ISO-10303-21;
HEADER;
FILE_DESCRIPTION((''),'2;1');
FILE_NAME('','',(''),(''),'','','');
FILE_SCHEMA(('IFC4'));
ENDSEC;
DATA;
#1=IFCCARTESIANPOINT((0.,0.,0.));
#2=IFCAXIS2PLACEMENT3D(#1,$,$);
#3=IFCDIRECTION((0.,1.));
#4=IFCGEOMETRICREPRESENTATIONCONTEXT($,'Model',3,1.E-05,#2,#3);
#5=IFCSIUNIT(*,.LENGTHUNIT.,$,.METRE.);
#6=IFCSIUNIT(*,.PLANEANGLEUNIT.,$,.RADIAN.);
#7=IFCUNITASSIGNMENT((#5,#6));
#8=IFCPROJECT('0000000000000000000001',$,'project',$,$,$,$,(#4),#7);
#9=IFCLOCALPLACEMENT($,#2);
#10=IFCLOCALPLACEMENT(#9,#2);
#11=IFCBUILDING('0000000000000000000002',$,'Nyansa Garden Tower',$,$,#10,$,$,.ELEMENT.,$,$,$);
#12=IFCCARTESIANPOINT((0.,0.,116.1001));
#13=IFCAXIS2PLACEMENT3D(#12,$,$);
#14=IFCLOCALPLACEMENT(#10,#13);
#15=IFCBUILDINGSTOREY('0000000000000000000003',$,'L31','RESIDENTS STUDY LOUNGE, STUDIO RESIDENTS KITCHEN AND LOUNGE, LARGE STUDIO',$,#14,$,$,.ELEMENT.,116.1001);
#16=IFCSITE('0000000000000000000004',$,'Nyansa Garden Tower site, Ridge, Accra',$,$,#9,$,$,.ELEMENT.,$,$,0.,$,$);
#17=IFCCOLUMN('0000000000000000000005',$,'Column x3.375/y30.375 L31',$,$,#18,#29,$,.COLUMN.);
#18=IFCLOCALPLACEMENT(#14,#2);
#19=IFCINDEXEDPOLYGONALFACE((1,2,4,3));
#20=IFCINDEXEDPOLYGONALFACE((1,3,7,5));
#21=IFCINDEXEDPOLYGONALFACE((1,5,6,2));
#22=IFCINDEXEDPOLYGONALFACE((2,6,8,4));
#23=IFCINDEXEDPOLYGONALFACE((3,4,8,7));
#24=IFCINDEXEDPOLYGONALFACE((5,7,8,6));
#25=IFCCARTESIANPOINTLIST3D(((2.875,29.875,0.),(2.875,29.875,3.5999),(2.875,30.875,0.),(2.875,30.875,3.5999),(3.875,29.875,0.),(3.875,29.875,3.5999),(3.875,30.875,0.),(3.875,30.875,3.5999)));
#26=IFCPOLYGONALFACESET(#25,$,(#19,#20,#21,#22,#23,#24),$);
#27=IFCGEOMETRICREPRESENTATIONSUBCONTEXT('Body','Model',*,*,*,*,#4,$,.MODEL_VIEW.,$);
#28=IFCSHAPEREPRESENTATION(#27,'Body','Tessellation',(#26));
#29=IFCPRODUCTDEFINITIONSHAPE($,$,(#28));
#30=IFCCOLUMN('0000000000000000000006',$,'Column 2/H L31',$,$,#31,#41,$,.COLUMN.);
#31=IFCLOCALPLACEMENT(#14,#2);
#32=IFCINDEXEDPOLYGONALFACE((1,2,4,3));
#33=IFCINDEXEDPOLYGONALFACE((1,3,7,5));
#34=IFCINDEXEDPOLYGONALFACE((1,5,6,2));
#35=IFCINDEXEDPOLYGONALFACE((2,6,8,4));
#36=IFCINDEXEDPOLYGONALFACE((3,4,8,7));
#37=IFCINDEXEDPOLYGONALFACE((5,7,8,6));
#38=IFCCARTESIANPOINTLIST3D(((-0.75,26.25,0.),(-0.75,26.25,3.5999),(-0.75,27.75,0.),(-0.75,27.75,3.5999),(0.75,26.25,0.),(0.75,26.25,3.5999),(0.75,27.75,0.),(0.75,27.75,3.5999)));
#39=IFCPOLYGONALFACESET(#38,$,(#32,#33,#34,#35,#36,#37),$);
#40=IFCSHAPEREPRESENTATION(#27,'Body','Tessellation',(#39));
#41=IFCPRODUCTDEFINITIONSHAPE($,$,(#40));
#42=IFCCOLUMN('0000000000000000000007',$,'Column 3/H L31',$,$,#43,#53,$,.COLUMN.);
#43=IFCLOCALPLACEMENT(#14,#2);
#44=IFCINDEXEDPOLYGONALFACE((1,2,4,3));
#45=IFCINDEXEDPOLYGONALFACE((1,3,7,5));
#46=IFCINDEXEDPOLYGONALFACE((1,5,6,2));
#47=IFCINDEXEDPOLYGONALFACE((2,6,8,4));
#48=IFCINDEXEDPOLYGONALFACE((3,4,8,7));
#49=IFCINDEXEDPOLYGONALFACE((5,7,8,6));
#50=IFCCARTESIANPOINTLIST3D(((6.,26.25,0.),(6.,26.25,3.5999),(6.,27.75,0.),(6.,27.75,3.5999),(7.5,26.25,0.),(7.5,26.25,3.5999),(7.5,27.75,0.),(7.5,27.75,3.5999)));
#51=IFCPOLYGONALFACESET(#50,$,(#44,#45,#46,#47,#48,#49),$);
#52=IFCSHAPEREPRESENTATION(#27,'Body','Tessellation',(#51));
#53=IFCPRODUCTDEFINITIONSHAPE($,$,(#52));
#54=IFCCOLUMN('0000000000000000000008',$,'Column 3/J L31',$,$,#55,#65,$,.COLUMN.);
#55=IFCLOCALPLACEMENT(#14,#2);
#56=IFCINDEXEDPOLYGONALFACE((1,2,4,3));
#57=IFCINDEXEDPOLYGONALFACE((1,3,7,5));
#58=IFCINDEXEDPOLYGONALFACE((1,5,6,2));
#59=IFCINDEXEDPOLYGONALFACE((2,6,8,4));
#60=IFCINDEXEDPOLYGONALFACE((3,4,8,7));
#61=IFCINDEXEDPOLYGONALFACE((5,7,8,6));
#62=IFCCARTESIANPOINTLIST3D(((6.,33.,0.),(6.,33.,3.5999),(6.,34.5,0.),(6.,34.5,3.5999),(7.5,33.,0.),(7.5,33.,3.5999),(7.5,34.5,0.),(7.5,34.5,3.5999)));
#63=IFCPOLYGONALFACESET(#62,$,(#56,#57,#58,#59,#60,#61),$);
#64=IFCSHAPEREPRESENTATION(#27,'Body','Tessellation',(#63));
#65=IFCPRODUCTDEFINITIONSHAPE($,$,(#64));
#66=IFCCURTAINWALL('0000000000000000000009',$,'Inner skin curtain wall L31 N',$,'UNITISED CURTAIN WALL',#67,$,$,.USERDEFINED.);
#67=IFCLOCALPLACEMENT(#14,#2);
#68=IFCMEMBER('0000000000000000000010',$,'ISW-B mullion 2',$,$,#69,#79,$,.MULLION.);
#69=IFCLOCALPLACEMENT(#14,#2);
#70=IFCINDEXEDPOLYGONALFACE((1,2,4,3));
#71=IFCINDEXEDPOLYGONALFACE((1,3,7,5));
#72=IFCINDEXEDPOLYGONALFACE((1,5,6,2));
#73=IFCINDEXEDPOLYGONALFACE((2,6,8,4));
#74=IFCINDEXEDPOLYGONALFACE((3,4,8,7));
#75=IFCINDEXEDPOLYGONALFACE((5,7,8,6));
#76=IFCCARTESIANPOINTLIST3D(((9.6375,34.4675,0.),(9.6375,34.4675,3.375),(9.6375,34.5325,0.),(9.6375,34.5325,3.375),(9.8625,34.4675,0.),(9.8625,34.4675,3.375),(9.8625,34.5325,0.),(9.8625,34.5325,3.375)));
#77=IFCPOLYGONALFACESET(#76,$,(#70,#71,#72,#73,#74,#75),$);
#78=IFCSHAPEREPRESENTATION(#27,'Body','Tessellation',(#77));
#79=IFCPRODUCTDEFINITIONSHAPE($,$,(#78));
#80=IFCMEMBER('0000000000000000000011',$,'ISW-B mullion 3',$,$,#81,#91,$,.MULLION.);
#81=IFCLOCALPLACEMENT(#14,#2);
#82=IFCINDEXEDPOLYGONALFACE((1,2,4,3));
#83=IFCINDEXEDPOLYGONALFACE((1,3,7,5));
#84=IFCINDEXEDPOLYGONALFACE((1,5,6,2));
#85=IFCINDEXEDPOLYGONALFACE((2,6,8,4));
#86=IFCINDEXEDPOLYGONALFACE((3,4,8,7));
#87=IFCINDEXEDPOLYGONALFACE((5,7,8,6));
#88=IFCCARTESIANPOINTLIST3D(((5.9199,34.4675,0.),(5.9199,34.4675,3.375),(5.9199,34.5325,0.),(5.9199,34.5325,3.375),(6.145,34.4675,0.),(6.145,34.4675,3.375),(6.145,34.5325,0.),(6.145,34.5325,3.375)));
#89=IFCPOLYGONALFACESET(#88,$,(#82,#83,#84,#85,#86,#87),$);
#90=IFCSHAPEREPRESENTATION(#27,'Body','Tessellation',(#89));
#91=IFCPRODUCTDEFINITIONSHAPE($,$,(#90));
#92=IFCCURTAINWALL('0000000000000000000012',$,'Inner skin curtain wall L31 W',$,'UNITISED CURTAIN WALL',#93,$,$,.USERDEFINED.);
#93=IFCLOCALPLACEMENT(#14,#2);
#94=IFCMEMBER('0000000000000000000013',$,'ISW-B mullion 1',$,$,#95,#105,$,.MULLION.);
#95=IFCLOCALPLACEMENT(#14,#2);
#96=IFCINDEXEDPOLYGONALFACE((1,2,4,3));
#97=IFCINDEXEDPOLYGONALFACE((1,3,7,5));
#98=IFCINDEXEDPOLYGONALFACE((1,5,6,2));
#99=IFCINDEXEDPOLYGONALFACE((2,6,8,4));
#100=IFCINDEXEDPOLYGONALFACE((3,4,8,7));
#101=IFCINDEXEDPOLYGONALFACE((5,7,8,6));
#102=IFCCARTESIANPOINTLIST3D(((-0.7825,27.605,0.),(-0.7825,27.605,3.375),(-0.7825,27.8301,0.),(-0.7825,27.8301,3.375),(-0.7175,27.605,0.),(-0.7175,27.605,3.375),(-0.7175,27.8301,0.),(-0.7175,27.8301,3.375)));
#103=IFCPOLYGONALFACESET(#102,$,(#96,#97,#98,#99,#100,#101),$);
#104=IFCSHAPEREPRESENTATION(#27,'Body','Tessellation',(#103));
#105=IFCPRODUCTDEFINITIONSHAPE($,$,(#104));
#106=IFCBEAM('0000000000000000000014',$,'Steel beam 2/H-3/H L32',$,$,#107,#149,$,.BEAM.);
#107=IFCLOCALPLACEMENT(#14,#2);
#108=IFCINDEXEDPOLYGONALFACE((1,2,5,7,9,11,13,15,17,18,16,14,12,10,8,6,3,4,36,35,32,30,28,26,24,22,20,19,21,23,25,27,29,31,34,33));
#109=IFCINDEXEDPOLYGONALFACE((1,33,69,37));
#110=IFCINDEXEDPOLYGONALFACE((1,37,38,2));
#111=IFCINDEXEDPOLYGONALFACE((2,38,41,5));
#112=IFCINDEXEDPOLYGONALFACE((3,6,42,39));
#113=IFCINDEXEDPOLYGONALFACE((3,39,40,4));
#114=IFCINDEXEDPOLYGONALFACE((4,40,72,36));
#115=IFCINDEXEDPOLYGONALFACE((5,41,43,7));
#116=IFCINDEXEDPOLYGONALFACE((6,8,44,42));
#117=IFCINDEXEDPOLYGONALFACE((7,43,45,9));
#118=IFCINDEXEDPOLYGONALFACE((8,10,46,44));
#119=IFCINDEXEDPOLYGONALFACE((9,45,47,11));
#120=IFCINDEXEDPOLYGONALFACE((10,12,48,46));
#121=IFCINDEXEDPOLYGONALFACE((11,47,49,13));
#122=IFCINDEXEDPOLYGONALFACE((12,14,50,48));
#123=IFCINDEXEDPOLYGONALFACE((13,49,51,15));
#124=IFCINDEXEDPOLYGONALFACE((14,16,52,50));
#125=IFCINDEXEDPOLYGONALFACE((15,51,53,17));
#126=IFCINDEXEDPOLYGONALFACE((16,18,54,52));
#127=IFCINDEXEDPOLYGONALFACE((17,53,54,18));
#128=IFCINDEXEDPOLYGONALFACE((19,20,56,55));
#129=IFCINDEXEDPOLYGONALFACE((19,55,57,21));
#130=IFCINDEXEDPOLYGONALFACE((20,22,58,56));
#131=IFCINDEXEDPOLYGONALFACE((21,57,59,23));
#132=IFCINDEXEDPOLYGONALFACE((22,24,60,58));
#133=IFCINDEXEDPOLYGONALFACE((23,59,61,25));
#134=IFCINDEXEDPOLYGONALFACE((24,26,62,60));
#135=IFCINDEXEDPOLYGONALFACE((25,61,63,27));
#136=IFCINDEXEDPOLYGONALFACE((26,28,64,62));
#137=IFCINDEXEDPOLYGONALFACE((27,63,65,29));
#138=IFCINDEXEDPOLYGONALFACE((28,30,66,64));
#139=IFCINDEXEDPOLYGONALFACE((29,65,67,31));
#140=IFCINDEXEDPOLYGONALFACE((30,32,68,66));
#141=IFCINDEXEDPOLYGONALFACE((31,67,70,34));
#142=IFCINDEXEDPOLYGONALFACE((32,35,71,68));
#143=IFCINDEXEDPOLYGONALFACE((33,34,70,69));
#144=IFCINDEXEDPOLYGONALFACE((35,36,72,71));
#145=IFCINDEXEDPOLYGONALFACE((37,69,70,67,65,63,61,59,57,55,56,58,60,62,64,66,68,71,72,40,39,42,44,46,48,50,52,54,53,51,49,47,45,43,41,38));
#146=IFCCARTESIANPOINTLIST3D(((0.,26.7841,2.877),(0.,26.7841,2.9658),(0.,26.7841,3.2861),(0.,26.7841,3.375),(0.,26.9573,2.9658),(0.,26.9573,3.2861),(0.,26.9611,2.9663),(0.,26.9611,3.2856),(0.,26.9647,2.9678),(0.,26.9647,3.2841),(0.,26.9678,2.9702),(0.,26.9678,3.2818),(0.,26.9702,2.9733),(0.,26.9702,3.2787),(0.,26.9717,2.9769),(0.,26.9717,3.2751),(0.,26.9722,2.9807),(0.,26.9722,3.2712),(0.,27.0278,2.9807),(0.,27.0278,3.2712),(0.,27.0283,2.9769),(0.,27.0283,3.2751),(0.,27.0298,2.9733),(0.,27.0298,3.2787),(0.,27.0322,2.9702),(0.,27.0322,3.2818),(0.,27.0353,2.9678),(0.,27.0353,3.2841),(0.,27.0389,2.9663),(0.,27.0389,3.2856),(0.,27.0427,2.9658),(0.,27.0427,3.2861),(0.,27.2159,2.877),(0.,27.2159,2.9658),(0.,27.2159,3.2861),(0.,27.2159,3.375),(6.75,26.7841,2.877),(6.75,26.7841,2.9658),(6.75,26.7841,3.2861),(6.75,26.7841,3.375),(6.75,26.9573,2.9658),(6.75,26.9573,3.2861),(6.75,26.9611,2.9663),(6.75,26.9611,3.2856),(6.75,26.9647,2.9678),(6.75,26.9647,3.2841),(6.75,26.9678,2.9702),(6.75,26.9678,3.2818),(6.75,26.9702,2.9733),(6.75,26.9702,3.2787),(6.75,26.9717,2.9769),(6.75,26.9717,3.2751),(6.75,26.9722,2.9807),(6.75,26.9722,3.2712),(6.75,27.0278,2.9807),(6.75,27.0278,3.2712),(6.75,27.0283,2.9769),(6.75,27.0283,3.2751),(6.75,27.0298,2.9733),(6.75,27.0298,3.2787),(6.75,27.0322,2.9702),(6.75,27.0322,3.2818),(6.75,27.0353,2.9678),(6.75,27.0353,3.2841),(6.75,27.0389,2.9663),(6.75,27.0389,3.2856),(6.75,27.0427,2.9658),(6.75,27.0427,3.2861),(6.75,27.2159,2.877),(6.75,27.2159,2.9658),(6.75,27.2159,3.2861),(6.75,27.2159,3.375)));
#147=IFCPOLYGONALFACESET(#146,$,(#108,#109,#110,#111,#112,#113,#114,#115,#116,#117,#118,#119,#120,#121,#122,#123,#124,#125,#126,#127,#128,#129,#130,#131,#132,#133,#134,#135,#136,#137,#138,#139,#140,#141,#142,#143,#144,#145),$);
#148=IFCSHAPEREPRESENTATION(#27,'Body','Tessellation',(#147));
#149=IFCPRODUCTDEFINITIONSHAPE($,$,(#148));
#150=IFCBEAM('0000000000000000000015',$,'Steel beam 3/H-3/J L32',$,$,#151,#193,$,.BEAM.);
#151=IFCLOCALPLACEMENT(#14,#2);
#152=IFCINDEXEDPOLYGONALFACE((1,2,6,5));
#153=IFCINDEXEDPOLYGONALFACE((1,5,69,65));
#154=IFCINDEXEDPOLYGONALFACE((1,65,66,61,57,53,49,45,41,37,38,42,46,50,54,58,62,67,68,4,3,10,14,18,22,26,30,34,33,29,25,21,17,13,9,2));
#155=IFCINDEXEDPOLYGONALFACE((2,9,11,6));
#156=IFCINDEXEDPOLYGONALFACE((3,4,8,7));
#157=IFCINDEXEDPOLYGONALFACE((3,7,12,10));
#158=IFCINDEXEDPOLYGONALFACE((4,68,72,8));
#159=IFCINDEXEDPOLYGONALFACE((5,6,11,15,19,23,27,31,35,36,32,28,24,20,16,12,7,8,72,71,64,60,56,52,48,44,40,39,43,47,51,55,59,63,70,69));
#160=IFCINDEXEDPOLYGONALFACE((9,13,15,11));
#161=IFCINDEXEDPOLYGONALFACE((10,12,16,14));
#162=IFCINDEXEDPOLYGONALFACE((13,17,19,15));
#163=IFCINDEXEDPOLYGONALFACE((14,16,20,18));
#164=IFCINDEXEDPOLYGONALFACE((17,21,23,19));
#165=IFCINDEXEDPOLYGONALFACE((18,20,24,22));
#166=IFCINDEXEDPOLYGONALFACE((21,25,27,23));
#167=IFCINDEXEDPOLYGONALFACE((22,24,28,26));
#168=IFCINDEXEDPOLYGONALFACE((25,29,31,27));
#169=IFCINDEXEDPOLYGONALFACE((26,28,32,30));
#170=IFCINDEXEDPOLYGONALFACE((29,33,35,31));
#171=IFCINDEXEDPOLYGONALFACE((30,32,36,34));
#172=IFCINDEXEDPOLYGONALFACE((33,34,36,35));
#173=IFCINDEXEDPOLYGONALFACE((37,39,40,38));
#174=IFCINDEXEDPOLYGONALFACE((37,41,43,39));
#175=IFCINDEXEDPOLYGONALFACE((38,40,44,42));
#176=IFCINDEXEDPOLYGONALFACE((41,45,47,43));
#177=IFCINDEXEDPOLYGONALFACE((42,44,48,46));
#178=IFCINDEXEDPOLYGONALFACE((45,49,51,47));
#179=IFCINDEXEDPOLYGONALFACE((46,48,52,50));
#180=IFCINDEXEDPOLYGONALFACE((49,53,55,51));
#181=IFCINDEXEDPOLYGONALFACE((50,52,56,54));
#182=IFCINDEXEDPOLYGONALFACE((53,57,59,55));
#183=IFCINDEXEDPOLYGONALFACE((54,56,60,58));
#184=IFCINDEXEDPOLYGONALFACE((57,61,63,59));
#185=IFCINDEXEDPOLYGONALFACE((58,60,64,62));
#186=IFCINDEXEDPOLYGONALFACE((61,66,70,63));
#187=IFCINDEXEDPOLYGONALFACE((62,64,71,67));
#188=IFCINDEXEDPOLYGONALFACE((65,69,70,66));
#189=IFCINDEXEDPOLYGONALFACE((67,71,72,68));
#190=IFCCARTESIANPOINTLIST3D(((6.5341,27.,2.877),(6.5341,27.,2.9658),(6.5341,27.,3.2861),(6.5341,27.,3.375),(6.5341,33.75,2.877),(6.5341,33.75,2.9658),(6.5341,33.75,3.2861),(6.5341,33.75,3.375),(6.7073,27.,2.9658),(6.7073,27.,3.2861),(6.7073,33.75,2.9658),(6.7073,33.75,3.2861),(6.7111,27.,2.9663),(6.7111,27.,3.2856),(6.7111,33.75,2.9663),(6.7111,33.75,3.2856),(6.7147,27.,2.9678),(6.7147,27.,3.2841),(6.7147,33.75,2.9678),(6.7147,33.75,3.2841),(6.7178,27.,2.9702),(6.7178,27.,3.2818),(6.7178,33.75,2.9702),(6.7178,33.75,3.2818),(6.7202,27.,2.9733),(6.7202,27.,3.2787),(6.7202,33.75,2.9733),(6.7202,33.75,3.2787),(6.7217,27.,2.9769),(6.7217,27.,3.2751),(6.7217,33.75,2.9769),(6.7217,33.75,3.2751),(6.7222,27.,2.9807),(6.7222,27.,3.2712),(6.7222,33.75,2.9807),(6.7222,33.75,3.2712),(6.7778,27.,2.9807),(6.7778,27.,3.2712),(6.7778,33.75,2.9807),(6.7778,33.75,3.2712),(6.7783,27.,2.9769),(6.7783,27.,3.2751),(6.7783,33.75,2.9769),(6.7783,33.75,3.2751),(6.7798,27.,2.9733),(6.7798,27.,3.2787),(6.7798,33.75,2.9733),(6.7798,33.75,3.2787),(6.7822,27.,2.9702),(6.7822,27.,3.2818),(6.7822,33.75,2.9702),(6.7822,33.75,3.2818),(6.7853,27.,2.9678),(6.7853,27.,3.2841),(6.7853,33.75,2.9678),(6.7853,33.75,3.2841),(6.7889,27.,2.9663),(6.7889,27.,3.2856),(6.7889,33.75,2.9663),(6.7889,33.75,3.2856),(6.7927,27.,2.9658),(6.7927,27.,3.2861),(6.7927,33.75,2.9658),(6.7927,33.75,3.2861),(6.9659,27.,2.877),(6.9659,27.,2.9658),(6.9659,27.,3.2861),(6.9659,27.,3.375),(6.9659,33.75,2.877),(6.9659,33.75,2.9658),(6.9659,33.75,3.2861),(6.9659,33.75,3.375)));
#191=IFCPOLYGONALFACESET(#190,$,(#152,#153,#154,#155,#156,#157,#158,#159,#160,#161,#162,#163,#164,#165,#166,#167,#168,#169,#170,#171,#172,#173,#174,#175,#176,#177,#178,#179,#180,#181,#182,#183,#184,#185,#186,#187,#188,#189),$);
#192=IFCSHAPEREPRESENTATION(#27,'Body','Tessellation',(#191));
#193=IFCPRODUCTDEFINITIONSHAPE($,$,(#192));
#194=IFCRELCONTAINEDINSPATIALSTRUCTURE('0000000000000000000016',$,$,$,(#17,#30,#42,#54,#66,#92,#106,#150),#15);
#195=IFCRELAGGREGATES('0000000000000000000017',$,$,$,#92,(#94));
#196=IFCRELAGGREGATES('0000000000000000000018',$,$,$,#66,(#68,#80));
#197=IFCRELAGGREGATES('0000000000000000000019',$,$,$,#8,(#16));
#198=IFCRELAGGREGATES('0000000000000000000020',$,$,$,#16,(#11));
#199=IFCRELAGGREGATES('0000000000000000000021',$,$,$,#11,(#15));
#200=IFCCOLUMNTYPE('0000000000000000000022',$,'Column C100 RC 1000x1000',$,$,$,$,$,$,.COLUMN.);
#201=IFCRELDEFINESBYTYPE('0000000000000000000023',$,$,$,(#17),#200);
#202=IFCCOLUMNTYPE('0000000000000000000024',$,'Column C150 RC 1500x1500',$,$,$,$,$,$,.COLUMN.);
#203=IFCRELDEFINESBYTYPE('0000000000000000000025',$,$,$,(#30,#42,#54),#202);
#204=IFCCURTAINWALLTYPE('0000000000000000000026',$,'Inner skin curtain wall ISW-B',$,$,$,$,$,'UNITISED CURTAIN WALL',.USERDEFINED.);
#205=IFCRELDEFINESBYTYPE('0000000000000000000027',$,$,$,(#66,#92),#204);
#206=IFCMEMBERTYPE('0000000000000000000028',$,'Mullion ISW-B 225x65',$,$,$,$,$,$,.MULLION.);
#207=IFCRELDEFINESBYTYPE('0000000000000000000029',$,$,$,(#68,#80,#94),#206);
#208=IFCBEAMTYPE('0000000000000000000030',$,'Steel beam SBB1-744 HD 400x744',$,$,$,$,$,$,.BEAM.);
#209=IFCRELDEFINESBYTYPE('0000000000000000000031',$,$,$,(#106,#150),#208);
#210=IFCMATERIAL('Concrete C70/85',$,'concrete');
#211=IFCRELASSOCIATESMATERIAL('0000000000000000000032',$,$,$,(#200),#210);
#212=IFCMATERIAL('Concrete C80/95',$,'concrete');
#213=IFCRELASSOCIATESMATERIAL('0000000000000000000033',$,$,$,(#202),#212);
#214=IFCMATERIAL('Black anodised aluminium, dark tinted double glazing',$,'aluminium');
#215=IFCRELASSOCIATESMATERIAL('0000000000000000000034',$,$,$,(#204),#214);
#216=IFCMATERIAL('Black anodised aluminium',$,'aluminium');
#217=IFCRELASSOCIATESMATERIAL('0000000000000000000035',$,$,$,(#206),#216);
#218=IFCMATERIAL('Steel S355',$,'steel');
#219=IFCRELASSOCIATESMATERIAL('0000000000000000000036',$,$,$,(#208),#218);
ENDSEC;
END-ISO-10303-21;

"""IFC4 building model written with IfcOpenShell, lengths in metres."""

from ifc_helpers import new_model, si_unit, direction, frame, origin, origin_2d, place, context, subcontext, project, spatial, rectangle, i_section, extrude, material, material_profile, profile_set, type_object, element, aggregate, save


model = new_model("IFC4")

# Units and contexts
model_context = context("Model", 3, precision=1e-05, world=origin(), true_north=direction((0.0, 1.0)))
body_context = subcontext(model_context, "Body", "Model", "MODEL_VIEW")
ifc_project = project(units=[si_unit("LENGTHUNIT", "METRE"), si_unit("PLANEANGLEUNIT", "RADIAN")], contexts=[model_context])

# Site, building, storey
site_placement = place(None, origin())
site = spatial("IfcSite", under=ifc_project, at=site_placement, Name="Nyansa Garden Tower site, Ridge, Accra", CompositionType="ELEMENT", RefElevation=0.0)
building_placement = place(site_placement, origin())
building = spatial("IfcBuilding", under=site, at=building_placement, Name="Nyansa Garden Tower", CompositionType="ELEMENT")
storey_placement = place(building_placement, frame((0.0, 0.0, 116.1001)))
storey = spatial("IfcBuildingStorey", under=building, at=storey_placement, Name="L31", Description="RESIDENTS STUDY LOUNGE, STUDIO RESIDENTS KITCHEN AND LOUNGE, LARGE STUDIO", CompositionType="ELEMENT", Elevation=116.1001)

# Columns
ifc_material_1 = material(Name="Concrete C70/85", Category="concrete")
ifc_material_profile_1 = material_profile(ifc_material_1, rectangle(XDim=1.0, YDim=1.0, at=origin_2d()), Name="RC 1000x1000")
ifc_profile_set_1 = profile_set([ifc_material_profile_1], Name="Concrete C70/85")
column_type_1 = type_object("IfcColumnType", Name="Column C100 RC 1000x1000", PredefinedType="COLUMN", material=ifc_profile_set_1)
column_placement = place(storey_placement, frame((3.375, 30.375, 0.0), z_axis=(0.0, 0.0, 1.0), x_axis=(1.0, 0.0, 0.0)))
element("IfcColumn", 1, at=column_placement, inside=storey, type_object=column_type_1, Name="Column x3.375/y30.375 L31", PredefinedType="COLUMN", context=body_context, shape_type="SweptSolid", body=[
    extrude(rectangle(XDim=1.0, YDim=1.0, at=origin_2d()), origin(), (0.0, 0.0, 1.0), 3.5999),
])
ifc_material_2 = material(Name="Concrete C80/95", Category="concrete")
ifc_material_profile_2 = material_profile(ifc_material_2, rectangle(XDim=1.5, YDim=1.5, at=origin_2d()), Name="RC 1500x1500")
ifc_profile_set_2 = profile_set([ifc_material_profile_2], Name="Concrete C80/95")
column_type_2 = type_object("IfcColumnType", Name="Column C150 RC 1500x1500", PredefinedType="COLUMN", material=ifc_profile_set_2)
for number, where, z_axis, x_axis, name in (
    (2, (0.0, 27.0, 0.0), (0.0, 0.0, 1.0), (1.0, 0.0, 0.0), "Column 2/H L31"),
    (3, (6.75, 27.0, 0.0), (0.0, 0.0, 1.0), (1.0, 0.0, 0.0), "Column 3/H L31"),
    (4, (6.75, 33.75, 0.0), (0.0, 0.0, 1.0), (1.0, 0.0, 0.0), "Column 3/J L31"),
):
    element("IfcColumn", number, at=place(storey_placement, frame(where, z_axis=z_axis, x_axis=x_axis)), inside=storey, type_object=column_type_2, Name=name, PredefinedType="COLUMN", context=body_context, shape_type="SweptSolid", body=[
        extrude(rectangle(XDim=1.5, YDim=1.5, at=origin_2d()), origin(), (0.0, 0.0, 1.0), 3.5999),
    ])

# Curtain wall, members
ifc_material_3 = material(Name="Black anodised aluminium, dark tinted double glazing", Category="aluminium")
curtain_wall_type = type_object("IfcCurtainWallType", Name="Inner skin curtain wall ISW-B", ElementType="UNITISED CURTAIN WALL", PredefinedType="USERDEFINED", material=ifc_material_3)
curtain_wall_1_placement = place(storey_placement, origin())
curtain_wall_1 = element("IfcCurtainWall", 5, at=curtain_wall_1_placement, inside=storey, type_object=curtain_wall_type, Name="Inner skin curtain wall L31 N", ObjectType="UNITISED CURTAIN WALL", PredefinedType="USERDEFINED")
ifc_material_4 = material(Name="Black anodised aluminium", Category="aluminium")
ifc_material_profile_3 = material_profile(ifc_material_4, rectangle(XDim=0.0649, YDim=0.2251, at=origin_2d()), Name="Mullion 225x65")
ifc_profile_set_3 = profile_set([ifc_material_profile_3], Name="Black anodised aluminium")
member_type_1 = type_object("IfcMemberType", Name="Mullion ISW-B 225x65", PredefinedType="MULLION", material=ifc_profile_set_3)
member_1_placement = place(storey_placement, frame((9.75, 34.5, 0.0), z_axis=(0.0, 0.0, 1.0), x_axis=(0.0, -1.0, 0.0)))
member_1 = element("IfcMember", 6, at=member_1_placement, type_object=member_type_1, Name="ISW-B mullion 2", PredefinedType="MULLION", context=body_context, shape_type="SweptSolid", body=[
    extrude(rectangle(XDim=0.0649, YDim=0.2251, at=origin_2d()), origin(), (0.0, 0.0, 1.0), 3.375),
])
member_2_placement = place(storey_placement, frame((6.0325, 34.5, 0.0), z_axis=(0.0, 0.0, 1.0), x_axis=(0.0, -1.0, 0.0)))
member_2 = element("IfcMember", 7, at=member_2_placement, type_object=member_type_1, Name="ISW-B mullion 3", PredefinedType="MULLION", context=body_context, shape_type="SweptSolid", body=[
    extrude(rectangle(XDim=0.0649, YDim=0.2251, at=origin_2d()), origin(), (0.0, 0.0, 1.0), 3.375),
])

# Curtain wall, member
curtain_wall_2_placement = place(storey_placement, origin())
curtain_wall_2 = element("IfcCurtainWall", 8, at=curtain_wall_2_placement, inside=storey, type_object=curtain_wall_type, Name="Inner skin curtain wall L31 W", ObjectType="UNITISED CURTAIN WALL", PredefinedType="USERDEFINED")
member_3_placement = place(storey_placement, frame((-0.75, 27.7175, 0.0), z_axis=(0.0, 0.0, 1.0), x_axis=(1.0, 0.0, 0.0)))
member_3 = element("IfcMember", 9, at=member_3_placement, type_object=member_type_1, Name="ISW-B mullion 1", PredefinedType="MULLION", context=body_context, shape_type="SweptSolid", body=[
    extrude(rectangle(XDim=0.0649, YDim=0.2251, at=origin_2d()), origin(), (0.0, 0.0, 1.0), 3.375),
])

# Beams
ifc_material_5 = material(Name="Steel S355", Category="steel")
ifc_material_profile_4 = material_profile(ifc_material_5, i_section(OverallWidth=0.4319, OverallDepth=0.498, WebThickness=0.0557, FlangeThickness=0.0889, FilletRadius=0.0149, at=origin_2d()), Name="HD 400x744")
ifc_profile_set_4 = profile_set([ifc_material_profile_4], Name="Steel S355")
beam_type_1 = type_object("IfcBeamType", Name="Steel beam SBB1-744 HD 400x744", PredefinedType="BEAM", material=ifc_profile_set_4)
for number, where, z_axis, x_axis, name in (
    (10, (0.0, 27.0, 3.126), (1.0, 0.0, 0.0), (0.0, 1.0, 0.0), "Steel beam 2/H-3/H L32"),
    (11, (6.75, 27.0, 3.126), (0.0, 1.0, 0.0), (-1.0, 0.0, 0.0), "Steel beam 3/H-3/J L32"),
):
    element("IfcBeam", number, at=place(storey_placement, frame(where, z_axis=z_axis, x_axis=x_axis)), inside=storey, type_object=beam_type_1, Name=name, PredefinedType="BEAM", context=body_context, shape_type="SweptSolid", body=[
        extrude(i_section(OverallWidth=0.4319, OverallDepth=0.498, WebThickness=0.0557, FlangeThickness=0.0889, FilletRadius=0.0149, at=origin_2d()), origin(), (0.0, 0.0, 1.0), 6.75),
    ])

aggregate(curtain_wall_2, [member_3])

aggregate(curtain_wall_1, [member_1, member_2])

save(model, "model.ifc")
